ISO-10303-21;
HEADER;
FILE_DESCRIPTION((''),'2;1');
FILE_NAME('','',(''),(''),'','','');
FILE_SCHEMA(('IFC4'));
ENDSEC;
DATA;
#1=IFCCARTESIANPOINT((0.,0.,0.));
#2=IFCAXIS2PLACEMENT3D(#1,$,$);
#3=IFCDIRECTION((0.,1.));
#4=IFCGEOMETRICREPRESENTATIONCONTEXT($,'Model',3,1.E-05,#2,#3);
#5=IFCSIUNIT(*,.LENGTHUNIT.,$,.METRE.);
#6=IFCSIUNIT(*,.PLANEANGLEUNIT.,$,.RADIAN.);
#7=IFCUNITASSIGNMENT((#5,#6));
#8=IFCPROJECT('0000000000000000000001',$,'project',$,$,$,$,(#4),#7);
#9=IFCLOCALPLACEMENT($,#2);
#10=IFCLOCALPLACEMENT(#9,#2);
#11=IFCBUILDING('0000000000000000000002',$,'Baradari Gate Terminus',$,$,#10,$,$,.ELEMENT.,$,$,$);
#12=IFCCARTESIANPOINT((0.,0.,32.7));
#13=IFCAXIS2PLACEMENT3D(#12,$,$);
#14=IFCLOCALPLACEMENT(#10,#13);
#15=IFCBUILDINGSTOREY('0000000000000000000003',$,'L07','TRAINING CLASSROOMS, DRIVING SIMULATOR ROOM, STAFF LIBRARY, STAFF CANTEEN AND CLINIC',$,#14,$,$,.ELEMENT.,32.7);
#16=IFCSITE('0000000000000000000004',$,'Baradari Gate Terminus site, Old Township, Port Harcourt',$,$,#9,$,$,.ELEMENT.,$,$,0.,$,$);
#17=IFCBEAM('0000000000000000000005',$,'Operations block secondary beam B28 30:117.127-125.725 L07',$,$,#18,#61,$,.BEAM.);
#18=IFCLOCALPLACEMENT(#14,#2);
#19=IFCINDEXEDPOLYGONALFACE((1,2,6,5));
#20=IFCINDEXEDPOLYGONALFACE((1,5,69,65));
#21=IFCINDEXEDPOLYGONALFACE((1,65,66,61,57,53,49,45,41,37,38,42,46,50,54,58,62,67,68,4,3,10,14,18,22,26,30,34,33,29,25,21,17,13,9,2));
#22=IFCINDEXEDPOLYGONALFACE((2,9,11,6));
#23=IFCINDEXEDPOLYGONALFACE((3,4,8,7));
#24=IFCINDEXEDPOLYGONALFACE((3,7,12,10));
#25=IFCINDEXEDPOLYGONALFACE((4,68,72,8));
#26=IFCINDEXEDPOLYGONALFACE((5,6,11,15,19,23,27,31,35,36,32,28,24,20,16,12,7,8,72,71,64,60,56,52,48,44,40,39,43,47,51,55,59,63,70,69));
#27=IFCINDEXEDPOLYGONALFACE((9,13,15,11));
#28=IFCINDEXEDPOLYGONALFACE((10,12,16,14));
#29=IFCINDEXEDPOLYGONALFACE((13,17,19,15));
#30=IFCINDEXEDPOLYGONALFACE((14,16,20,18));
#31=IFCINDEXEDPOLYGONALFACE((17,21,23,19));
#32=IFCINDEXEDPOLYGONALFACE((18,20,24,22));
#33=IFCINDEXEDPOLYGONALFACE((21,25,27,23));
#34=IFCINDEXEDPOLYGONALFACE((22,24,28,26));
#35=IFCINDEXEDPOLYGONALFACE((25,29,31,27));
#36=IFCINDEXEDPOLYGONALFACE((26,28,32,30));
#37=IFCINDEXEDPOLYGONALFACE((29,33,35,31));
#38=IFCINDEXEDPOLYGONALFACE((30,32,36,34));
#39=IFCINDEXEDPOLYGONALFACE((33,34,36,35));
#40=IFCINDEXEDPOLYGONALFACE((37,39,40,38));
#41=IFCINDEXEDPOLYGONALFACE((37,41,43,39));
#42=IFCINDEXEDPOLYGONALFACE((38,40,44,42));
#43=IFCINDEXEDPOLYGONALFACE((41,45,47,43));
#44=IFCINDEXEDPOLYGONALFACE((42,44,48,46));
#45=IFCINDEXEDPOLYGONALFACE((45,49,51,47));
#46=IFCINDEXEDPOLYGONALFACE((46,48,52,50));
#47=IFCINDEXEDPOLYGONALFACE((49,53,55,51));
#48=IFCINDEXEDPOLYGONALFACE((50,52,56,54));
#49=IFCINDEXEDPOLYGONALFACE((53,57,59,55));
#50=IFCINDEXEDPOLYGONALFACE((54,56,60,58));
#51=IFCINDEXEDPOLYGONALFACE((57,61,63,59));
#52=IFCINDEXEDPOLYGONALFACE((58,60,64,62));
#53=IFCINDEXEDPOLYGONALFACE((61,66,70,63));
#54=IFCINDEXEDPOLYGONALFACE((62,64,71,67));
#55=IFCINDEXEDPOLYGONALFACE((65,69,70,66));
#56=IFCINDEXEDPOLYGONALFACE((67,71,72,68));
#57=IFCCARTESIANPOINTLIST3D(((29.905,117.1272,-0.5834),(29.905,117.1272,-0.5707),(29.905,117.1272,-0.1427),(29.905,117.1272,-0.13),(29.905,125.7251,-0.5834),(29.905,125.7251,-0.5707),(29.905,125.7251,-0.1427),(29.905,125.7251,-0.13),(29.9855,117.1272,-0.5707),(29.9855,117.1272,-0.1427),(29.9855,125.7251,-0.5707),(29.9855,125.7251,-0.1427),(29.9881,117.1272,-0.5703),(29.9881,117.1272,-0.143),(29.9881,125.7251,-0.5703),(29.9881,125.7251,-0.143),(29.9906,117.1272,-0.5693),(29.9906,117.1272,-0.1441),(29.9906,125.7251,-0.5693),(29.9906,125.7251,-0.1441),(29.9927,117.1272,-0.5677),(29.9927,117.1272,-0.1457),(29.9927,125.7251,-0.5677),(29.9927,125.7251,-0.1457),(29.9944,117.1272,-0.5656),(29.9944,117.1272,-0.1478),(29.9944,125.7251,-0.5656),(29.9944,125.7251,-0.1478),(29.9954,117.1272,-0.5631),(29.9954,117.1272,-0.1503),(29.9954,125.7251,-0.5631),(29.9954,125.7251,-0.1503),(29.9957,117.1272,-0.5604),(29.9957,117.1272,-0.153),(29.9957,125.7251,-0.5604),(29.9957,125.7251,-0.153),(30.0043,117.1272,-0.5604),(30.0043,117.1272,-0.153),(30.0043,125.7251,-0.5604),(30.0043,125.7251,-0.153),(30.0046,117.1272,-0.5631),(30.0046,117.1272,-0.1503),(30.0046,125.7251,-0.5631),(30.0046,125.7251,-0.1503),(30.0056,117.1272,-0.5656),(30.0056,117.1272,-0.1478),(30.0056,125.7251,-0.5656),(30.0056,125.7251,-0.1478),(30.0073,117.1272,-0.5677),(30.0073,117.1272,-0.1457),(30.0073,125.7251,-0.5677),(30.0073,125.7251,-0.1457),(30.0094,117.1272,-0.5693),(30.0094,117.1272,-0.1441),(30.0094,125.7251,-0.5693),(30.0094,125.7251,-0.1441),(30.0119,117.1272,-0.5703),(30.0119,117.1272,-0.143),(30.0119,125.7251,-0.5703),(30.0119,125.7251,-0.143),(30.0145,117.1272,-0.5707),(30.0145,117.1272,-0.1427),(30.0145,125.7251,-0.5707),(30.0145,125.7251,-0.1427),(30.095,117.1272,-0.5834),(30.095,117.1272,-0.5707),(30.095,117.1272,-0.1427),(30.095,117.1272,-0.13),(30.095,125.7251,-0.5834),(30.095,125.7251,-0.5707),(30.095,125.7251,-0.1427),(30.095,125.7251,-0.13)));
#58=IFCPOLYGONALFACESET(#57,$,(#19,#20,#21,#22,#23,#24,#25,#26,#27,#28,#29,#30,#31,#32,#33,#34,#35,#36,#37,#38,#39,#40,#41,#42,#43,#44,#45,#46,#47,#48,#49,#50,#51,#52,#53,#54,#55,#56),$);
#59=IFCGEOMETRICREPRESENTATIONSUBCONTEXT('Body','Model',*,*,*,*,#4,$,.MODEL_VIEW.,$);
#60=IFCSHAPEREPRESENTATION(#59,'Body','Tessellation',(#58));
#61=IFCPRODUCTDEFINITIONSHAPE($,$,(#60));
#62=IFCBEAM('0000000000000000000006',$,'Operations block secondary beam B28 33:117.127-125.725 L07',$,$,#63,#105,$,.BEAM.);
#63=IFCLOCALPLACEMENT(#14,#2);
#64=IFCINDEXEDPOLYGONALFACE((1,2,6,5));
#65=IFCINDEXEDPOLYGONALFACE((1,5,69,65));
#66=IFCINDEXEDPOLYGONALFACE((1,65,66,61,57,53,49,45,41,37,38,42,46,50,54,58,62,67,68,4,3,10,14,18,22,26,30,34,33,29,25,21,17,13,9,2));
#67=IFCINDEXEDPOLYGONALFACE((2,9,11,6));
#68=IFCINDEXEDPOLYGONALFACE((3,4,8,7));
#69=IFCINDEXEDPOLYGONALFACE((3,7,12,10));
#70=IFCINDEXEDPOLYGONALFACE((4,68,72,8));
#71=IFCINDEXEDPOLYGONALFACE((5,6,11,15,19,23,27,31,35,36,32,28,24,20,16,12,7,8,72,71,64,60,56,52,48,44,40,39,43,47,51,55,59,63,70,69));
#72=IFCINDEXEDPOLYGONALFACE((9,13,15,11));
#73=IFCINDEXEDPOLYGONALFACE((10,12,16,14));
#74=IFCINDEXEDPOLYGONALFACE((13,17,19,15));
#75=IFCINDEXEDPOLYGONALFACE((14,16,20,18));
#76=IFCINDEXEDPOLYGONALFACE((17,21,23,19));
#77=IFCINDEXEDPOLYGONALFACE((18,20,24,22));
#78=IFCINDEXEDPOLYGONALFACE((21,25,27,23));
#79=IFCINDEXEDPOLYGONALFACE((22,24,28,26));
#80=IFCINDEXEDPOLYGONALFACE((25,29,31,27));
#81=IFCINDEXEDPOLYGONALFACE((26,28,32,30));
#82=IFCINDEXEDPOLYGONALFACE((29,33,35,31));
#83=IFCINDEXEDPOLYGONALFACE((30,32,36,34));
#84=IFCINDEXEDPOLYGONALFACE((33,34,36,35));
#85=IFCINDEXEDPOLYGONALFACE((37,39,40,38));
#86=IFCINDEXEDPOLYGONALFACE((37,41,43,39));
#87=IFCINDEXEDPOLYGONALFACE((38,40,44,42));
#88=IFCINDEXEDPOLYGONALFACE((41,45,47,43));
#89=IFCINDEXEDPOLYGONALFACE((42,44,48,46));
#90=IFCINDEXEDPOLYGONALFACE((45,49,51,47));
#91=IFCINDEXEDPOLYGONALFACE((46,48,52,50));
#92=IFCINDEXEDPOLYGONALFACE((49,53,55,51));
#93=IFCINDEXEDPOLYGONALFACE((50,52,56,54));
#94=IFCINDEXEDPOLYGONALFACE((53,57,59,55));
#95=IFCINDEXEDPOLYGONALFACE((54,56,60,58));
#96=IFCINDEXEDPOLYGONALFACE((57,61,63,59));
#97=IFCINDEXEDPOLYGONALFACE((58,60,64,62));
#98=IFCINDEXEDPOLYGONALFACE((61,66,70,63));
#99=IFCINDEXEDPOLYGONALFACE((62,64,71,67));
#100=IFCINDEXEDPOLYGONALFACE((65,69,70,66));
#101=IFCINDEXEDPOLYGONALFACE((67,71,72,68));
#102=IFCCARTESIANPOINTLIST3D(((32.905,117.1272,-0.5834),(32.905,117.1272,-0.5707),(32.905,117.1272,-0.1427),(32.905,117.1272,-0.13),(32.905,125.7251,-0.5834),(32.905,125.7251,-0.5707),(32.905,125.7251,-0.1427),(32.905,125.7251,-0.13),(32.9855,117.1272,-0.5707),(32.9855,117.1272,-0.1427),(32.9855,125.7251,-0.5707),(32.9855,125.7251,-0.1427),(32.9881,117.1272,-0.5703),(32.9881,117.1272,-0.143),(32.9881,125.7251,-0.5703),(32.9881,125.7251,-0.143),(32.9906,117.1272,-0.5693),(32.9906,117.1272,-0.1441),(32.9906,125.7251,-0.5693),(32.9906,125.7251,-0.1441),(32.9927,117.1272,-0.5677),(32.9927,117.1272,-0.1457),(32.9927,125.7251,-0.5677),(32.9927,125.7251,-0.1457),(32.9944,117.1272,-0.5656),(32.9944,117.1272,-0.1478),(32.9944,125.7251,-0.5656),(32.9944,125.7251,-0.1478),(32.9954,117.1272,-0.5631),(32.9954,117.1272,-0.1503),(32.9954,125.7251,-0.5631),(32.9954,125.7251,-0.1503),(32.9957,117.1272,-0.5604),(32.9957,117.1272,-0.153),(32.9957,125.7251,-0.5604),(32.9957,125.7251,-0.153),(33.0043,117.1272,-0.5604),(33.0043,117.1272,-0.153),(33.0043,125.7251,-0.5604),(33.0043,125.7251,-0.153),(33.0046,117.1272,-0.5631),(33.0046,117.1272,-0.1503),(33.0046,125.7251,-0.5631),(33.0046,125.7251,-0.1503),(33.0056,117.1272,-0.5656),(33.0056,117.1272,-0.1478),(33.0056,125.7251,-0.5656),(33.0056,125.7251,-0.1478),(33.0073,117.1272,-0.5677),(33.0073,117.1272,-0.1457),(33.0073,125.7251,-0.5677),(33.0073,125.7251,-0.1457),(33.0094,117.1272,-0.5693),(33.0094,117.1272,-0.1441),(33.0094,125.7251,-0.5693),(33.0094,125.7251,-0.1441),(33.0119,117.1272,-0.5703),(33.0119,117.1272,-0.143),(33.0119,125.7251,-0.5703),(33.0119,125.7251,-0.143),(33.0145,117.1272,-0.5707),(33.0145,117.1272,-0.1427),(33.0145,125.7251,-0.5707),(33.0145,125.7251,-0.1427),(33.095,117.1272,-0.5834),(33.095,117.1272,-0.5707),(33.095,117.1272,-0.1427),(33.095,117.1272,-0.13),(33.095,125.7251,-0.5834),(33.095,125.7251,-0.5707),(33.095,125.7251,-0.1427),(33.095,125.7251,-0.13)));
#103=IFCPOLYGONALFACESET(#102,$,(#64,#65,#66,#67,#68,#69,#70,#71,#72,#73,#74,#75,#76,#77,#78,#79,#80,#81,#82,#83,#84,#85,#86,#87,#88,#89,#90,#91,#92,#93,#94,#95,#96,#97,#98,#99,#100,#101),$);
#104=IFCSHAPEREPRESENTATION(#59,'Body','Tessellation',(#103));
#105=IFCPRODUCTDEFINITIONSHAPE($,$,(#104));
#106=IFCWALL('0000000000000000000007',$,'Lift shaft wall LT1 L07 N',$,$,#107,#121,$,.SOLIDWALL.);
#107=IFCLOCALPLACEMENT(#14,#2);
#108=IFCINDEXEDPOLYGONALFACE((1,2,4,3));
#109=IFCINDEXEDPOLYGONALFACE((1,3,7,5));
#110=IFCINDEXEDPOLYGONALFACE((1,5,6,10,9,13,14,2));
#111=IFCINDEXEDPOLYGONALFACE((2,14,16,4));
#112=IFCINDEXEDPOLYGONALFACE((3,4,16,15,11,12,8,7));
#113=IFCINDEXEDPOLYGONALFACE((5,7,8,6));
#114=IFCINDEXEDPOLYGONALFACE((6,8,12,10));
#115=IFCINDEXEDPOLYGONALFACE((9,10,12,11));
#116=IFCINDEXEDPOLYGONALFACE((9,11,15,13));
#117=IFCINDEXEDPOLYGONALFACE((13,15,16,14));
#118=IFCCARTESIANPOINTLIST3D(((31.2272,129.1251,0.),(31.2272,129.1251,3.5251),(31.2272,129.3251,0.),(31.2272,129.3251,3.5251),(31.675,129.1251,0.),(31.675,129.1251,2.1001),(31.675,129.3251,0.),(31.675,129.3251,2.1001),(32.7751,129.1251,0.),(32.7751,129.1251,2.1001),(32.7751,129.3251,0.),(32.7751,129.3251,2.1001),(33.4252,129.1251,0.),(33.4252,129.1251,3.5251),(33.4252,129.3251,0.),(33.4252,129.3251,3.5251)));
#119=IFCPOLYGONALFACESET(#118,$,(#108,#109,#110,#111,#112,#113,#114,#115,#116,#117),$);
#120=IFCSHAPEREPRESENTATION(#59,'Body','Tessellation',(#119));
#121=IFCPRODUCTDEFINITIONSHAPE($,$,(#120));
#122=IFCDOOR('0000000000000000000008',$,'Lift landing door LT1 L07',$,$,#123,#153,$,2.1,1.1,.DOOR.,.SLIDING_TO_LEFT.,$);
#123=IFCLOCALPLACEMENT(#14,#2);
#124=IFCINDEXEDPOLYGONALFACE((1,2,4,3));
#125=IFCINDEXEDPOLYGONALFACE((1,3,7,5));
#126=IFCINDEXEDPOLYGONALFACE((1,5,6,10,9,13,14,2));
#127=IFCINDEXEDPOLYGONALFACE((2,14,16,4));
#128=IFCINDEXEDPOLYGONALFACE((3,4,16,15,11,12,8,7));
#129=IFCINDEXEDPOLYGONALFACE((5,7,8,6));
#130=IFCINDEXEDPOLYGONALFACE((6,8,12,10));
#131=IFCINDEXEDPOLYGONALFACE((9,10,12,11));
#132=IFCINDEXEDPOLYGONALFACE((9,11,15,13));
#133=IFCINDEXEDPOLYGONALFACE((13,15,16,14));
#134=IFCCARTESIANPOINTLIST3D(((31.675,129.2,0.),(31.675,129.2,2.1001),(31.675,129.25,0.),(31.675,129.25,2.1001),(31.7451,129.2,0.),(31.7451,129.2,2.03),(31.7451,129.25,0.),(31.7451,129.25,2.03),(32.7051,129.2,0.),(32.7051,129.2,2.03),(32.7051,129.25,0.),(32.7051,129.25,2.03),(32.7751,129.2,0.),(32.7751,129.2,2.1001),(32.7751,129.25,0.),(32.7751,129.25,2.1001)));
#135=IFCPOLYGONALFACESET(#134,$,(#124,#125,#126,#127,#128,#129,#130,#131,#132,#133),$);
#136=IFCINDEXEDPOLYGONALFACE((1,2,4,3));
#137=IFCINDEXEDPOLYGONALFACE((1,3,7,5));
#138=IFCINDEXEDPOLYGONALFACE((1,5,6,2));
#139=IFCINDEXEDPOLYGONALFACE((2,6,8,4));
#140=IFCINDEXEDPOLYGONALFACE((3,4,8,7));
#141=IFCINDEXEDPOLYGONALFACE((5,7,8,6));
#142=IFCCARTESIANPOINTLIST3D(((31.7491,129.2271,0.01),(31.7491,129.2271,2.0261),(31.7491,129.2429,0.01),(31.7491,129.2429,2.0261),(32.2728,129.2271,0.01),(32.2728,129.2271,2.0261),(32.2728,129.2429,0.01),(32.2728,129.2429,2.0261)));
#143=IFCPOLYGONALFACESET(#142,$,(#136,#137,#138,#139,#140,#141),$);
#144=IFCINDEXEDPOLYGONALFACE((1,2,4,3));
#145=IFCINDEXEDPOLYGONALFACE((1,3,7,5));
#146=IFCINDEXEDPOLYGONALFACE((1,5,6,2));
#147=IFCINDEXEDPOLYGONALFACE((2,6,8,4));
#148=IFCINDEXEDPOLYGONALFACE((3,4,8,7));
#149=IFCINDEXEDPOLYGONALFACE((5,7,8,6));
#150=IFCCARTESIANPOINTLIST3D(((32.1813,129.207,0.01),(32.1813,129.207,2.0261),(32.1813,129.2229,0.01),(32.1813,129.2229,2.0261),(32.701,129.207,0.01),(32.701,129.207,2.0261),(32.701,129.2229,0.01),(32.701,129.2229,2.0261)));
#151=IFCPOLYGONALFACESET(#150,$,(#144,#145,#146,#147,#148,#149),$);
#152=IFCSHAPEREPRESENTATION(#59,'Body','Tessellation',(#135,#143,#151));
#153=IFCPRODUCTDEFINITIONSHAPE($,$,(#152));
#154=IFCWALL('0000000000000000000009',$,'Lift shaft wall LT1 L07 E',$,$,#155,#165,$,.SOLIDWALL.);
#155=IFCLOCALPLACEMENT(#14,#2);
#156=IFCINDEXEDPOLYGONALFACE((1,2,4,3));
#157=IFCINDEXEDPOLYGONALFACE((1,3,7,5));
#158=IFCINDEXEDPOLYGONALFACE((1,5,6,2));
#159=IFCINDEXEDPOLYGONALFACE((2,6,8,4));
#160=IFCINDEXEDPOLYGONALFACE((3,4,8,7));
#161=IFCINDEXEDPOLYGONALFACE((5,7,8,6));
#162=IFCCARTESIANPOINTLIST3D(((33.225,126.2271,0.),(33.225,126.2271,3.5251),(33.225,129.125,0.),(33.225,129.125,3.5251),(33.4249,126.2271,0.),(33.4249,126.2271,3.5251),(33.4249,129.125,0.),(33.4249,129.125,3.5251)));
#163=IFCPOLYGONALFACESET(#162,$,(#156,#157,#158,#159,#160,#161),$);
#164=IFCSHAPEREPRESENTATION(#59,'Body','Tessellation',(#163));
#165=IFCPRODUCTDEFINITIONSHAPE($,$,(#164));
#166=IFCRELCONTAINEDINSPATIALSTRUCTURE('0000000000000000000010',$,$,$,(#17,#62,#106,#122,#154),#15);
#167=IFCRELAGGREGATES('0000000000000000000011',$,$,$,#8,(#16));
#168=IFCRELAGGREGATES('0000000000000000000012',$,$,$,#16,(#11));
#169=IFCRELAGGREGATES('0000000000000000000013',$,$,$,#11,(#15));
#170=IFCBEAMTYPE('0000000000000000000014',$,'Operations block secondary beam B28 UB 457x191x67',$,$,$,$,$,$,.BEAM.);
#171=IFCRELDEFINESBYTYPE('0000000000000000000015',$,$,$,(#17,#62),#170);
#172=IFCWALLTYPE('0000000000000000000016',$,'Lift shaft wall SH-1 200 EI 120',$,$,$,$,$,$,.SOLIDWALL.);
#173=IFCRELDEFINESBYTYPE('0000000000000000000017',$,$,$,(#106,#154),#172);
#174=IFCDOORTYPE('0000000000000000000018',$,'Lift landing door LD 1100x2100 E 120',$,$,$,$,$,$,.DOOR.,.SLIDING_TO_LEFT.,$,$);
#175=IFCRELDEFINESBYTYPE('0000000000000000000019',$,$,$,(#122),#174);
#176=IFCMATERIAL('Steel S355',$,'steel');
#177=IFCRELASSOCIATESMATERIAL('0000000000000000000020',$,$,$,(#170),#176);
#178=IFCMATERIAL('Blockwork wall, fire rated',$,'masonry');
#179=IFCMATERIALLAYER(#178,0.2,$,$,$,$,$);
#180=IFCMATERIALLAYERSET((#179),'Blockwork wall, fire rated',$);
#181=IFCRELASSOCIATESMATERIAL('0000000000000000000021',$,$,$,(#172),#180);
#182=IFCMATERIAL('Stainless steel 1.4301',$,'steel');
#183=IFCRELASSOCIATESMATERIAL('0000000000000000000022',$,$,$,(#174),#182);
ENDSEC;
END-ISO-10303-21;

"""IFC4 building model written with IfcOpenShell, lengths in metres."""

from ifc_helpers import new_model, si_unit, direction, frame, frame_2d, origin, origin_2d, place, context, subcontext, project, spatial, polyline, rectangle, i_section, outline, extrude, material, layer, layer_set, material_profile, profile_set, type_object, element, fill, save


model = new_model("IFC4")

# Units and contexts
model_context = context("Model", 3, precision=1e-05, world=origin(), true_north=direction((0.0, 1.0)))
body_context = subcontext(model_context, "Body", "Model", "MODEL_VIEW")
ifc_project = project(units=[si_unit("LENGTHUNIT", "METRE"), si_unit("PLANEANGLEUNIT", "RADIAN")], contexts=[model_context])

# Site, building, storey
site_placement = place(None, origin())
site = spatial("IfcSite", under=ifc_project, at=site_placement, Name="Baradari Gate Terminus site, Old Township, Port Harcourt", CompositionType="ELEMENT", RefElevation=0.0)
building_placement = place(site_placement, origin())
building = spatial("IfcBuilding", under=site, at=building_placement, Name="Baradari Gate Terminus", CompositionType="ELEMENT")
storey_placement = place(building_placement, frame((0.0, 0.0, 32.7)))
storey = spatial("IfcBuildingStorey", under=building, at=storey_placement, Name="L07", Description="TRAINING CLASSROOMS, DRIVING SIMULATOR ROOM, STAFF LIBRARY, STAFF CANTEEN AND CLINIC", CompositionType="ELEMENT", Elevation=32.7)

# Beams
ifc_material_1 = material(Name="Steel S355", Category="steel")
ifc_material_profile_1 = material_profile(ifc_material_1, i_section(OverallWidth=0.1899, OverallDepth=0.4534, WebThickness=0.0085, FlangeThickness=0.0127, FilletRadius=0.0103, at=origin_2d()), Name="UB 457x191x67")
ifc_profile_set_1 = profile_set([ifc_material_profile_1], Name="Steel S355")
beam_type_1 = type_object("IfcBeamType", Name="Operations block secondary beam B28 UB 457x191x67", PredefinedType="BEAM", material=ifc_profile_set_1)
for number, where, z_axis, x_axis, name in (
    (1, (30.0, 117.1272, -0.3567), (0.0, 1.0, 0.0), (-1.0, 0.0, 0.0), "Operations block secondary beam B28 30:117.127-125.725 L07"),
    (2, (33.0, 117.1272, -0.3567), (0.0, 1.0, 0.0), (-1.0, 0.0, 0.0), "Operations block secondary beam B28 33:117.127-125.725 L07"),
):
    element("IfcBeam", number, at=place(storey_placement, frame(where, z_axis=z_axis, x_axis=x_axis)), inside=storey, type_object=beam_type_1, Name=name, PredefinedType="BEAM", context=body_context, shape_type="SweptSolid", body=[
        extrude(i_section(OverallWidth=0.1899, OverallDepth=0.4534, WebThickness=0.0085, FlangeThickness=0.0127, FilletRadius=0.0103, at=origin_2d()), origin(), (0.0, 0.0, 1.0), 8.5979),
    ])

# Wall, opening, door
ifc_material_2 = material(Name="Blockwork wall, fire rated", Category="masonry")
ifc_layer_1 = layer(ifc_material_2, 0.2)
ifc_layer_set_1 = layer_set([ifc_layer_1], Name="Blockwork wall, fire rated")
wall_type_1 = type_object("IfcWallType", Name="Lift shaft wall SH-1 200 EI 120", PredefinedType="SOLIDWALL", material=ifc_layer_set_1)
wall_1_placement = place(storey_placement, frame((31.2271, 129.2251, 0.0), z_axis=(0.0, 0.0, 1.0), x_axis=(1.0, 0.0, 0.0)))
wall_1 = element("IfcWall", 3, at=wall_1_placement, inside=storey, type_object=wall_type_1, Name="Lift shaft wall LT1 L07 N", PredefinedType="SOLIDWALL", context=body_context, shape_type="SweptSolid", body=[
    extrude(rectangle(XDim=2.198, YDim=0.2, at=frame_2d((1.0991, 0.0))), origin(), (0.0, 0.0, 1.0), 3.5251),
])
opening_1_placement = place(wall_1_placement, frame((0.448, 0.0, 0.0)))
opening_1 = element("IfcOpeningElement", 4, at=opening_1_placement, cuts=wall_1, PredefinedType="OPENING", context=body_context, shape_type="SweptSolid", body=[
    extrude(rectangle(XDim=1.1001, YDim=2.1001, at=frame_2d((0.55, 1.05))), frame((0.0, 0.1099, 0.0), z_axis=(0.0, -1.0, 0.0), x_axis=(1.0, 0.0, 0.0)), (0.0, 0.0, 1.0), 0.22),
])
ifc_material_3 = material(Name="Stainless steel 1.4301", Category="steel")
door_type = type_object("IfcDoorType", Name="Lift landing door LD 1100x2100 E 120", OperationType="SLIDING_TO_LEFT", PredefinedType="DOOR", material=ifc_material_3)
door_1_placement = place(opening_1_placement, origin())
door_1 = element("IfcDoor", 5, at=door_1_placement, inside=storey, type_object=door_type, Name="Lift landing door LT1 L07", OperationType="SLIDING_TO_LEFT", OverallHeight=2.1, OverallWidth=1.1, PredefinedType="DOOR", context=body_context, shape_type="SweptSolid", body=[
    extrude(outline(polyline([(0.0, 0.0), (0.0701, 0.0), (0.0701, 2.03), (1.03, 2.03), (1.03, 0.0), (1.1001, 0.0), (1.1001, 2.1001), (0.0, 2.1001), (0.0, 0.0)])), frame((0.0, 0.0249, 0.0), z_axis=(0.0, -1.0, 0.0), x_axis=(1.0, 0.0, 0.0)), (0.0, 0.0, 1.0), 0.05),
    extrude(rectangle(XDim=0.5237, YDim=2.0161, at=frame_2d((0.3359, 1.0181))), frame((0.0, 0.0178, 0.0), z_axis=(0.0, -1.0, 0.0), x_axis=(1.0, 0.0, 0.0)), (0.0, 0.0, 1.0), 0.0159),
    extrude(rectangle(XDim=0.5198, YDim=2.0161, at=frame_2d((0.7661, 1.0181))), frame((0.0, -0.0022, 0.0), z_axis=(0.0, -1.0, 0.0), x_axis=(1.0, 0.0, 0.0)), (0.0, 0.0, 1.0), 0.0159),
])
fill(opening_1, door_1)

# Wall
wall_2_placement = place(storey_placement, frame((33.325, 126.2271, 0.0), z_axis=(0.0, 0.0, 1.0), x_axis=(0.0, 1.0, 0.0)))
element("IfcWall", 6, at=wall_2_placement, inside=storey, type_object=wall_type_1, Name="Lift shaft wall LT1 L07 E", PredefinedType="SOLIDWALL", context=body_context, shape_type="SweptSolid", body=[
    extrude(rectangle(XDim=2.8979, YDim=0.2, at=frame_2d((1.449, 0.0))), origin(), (0.0, 0.0, 1.0), 3.5251),
])

save(model, "model.ifc")
